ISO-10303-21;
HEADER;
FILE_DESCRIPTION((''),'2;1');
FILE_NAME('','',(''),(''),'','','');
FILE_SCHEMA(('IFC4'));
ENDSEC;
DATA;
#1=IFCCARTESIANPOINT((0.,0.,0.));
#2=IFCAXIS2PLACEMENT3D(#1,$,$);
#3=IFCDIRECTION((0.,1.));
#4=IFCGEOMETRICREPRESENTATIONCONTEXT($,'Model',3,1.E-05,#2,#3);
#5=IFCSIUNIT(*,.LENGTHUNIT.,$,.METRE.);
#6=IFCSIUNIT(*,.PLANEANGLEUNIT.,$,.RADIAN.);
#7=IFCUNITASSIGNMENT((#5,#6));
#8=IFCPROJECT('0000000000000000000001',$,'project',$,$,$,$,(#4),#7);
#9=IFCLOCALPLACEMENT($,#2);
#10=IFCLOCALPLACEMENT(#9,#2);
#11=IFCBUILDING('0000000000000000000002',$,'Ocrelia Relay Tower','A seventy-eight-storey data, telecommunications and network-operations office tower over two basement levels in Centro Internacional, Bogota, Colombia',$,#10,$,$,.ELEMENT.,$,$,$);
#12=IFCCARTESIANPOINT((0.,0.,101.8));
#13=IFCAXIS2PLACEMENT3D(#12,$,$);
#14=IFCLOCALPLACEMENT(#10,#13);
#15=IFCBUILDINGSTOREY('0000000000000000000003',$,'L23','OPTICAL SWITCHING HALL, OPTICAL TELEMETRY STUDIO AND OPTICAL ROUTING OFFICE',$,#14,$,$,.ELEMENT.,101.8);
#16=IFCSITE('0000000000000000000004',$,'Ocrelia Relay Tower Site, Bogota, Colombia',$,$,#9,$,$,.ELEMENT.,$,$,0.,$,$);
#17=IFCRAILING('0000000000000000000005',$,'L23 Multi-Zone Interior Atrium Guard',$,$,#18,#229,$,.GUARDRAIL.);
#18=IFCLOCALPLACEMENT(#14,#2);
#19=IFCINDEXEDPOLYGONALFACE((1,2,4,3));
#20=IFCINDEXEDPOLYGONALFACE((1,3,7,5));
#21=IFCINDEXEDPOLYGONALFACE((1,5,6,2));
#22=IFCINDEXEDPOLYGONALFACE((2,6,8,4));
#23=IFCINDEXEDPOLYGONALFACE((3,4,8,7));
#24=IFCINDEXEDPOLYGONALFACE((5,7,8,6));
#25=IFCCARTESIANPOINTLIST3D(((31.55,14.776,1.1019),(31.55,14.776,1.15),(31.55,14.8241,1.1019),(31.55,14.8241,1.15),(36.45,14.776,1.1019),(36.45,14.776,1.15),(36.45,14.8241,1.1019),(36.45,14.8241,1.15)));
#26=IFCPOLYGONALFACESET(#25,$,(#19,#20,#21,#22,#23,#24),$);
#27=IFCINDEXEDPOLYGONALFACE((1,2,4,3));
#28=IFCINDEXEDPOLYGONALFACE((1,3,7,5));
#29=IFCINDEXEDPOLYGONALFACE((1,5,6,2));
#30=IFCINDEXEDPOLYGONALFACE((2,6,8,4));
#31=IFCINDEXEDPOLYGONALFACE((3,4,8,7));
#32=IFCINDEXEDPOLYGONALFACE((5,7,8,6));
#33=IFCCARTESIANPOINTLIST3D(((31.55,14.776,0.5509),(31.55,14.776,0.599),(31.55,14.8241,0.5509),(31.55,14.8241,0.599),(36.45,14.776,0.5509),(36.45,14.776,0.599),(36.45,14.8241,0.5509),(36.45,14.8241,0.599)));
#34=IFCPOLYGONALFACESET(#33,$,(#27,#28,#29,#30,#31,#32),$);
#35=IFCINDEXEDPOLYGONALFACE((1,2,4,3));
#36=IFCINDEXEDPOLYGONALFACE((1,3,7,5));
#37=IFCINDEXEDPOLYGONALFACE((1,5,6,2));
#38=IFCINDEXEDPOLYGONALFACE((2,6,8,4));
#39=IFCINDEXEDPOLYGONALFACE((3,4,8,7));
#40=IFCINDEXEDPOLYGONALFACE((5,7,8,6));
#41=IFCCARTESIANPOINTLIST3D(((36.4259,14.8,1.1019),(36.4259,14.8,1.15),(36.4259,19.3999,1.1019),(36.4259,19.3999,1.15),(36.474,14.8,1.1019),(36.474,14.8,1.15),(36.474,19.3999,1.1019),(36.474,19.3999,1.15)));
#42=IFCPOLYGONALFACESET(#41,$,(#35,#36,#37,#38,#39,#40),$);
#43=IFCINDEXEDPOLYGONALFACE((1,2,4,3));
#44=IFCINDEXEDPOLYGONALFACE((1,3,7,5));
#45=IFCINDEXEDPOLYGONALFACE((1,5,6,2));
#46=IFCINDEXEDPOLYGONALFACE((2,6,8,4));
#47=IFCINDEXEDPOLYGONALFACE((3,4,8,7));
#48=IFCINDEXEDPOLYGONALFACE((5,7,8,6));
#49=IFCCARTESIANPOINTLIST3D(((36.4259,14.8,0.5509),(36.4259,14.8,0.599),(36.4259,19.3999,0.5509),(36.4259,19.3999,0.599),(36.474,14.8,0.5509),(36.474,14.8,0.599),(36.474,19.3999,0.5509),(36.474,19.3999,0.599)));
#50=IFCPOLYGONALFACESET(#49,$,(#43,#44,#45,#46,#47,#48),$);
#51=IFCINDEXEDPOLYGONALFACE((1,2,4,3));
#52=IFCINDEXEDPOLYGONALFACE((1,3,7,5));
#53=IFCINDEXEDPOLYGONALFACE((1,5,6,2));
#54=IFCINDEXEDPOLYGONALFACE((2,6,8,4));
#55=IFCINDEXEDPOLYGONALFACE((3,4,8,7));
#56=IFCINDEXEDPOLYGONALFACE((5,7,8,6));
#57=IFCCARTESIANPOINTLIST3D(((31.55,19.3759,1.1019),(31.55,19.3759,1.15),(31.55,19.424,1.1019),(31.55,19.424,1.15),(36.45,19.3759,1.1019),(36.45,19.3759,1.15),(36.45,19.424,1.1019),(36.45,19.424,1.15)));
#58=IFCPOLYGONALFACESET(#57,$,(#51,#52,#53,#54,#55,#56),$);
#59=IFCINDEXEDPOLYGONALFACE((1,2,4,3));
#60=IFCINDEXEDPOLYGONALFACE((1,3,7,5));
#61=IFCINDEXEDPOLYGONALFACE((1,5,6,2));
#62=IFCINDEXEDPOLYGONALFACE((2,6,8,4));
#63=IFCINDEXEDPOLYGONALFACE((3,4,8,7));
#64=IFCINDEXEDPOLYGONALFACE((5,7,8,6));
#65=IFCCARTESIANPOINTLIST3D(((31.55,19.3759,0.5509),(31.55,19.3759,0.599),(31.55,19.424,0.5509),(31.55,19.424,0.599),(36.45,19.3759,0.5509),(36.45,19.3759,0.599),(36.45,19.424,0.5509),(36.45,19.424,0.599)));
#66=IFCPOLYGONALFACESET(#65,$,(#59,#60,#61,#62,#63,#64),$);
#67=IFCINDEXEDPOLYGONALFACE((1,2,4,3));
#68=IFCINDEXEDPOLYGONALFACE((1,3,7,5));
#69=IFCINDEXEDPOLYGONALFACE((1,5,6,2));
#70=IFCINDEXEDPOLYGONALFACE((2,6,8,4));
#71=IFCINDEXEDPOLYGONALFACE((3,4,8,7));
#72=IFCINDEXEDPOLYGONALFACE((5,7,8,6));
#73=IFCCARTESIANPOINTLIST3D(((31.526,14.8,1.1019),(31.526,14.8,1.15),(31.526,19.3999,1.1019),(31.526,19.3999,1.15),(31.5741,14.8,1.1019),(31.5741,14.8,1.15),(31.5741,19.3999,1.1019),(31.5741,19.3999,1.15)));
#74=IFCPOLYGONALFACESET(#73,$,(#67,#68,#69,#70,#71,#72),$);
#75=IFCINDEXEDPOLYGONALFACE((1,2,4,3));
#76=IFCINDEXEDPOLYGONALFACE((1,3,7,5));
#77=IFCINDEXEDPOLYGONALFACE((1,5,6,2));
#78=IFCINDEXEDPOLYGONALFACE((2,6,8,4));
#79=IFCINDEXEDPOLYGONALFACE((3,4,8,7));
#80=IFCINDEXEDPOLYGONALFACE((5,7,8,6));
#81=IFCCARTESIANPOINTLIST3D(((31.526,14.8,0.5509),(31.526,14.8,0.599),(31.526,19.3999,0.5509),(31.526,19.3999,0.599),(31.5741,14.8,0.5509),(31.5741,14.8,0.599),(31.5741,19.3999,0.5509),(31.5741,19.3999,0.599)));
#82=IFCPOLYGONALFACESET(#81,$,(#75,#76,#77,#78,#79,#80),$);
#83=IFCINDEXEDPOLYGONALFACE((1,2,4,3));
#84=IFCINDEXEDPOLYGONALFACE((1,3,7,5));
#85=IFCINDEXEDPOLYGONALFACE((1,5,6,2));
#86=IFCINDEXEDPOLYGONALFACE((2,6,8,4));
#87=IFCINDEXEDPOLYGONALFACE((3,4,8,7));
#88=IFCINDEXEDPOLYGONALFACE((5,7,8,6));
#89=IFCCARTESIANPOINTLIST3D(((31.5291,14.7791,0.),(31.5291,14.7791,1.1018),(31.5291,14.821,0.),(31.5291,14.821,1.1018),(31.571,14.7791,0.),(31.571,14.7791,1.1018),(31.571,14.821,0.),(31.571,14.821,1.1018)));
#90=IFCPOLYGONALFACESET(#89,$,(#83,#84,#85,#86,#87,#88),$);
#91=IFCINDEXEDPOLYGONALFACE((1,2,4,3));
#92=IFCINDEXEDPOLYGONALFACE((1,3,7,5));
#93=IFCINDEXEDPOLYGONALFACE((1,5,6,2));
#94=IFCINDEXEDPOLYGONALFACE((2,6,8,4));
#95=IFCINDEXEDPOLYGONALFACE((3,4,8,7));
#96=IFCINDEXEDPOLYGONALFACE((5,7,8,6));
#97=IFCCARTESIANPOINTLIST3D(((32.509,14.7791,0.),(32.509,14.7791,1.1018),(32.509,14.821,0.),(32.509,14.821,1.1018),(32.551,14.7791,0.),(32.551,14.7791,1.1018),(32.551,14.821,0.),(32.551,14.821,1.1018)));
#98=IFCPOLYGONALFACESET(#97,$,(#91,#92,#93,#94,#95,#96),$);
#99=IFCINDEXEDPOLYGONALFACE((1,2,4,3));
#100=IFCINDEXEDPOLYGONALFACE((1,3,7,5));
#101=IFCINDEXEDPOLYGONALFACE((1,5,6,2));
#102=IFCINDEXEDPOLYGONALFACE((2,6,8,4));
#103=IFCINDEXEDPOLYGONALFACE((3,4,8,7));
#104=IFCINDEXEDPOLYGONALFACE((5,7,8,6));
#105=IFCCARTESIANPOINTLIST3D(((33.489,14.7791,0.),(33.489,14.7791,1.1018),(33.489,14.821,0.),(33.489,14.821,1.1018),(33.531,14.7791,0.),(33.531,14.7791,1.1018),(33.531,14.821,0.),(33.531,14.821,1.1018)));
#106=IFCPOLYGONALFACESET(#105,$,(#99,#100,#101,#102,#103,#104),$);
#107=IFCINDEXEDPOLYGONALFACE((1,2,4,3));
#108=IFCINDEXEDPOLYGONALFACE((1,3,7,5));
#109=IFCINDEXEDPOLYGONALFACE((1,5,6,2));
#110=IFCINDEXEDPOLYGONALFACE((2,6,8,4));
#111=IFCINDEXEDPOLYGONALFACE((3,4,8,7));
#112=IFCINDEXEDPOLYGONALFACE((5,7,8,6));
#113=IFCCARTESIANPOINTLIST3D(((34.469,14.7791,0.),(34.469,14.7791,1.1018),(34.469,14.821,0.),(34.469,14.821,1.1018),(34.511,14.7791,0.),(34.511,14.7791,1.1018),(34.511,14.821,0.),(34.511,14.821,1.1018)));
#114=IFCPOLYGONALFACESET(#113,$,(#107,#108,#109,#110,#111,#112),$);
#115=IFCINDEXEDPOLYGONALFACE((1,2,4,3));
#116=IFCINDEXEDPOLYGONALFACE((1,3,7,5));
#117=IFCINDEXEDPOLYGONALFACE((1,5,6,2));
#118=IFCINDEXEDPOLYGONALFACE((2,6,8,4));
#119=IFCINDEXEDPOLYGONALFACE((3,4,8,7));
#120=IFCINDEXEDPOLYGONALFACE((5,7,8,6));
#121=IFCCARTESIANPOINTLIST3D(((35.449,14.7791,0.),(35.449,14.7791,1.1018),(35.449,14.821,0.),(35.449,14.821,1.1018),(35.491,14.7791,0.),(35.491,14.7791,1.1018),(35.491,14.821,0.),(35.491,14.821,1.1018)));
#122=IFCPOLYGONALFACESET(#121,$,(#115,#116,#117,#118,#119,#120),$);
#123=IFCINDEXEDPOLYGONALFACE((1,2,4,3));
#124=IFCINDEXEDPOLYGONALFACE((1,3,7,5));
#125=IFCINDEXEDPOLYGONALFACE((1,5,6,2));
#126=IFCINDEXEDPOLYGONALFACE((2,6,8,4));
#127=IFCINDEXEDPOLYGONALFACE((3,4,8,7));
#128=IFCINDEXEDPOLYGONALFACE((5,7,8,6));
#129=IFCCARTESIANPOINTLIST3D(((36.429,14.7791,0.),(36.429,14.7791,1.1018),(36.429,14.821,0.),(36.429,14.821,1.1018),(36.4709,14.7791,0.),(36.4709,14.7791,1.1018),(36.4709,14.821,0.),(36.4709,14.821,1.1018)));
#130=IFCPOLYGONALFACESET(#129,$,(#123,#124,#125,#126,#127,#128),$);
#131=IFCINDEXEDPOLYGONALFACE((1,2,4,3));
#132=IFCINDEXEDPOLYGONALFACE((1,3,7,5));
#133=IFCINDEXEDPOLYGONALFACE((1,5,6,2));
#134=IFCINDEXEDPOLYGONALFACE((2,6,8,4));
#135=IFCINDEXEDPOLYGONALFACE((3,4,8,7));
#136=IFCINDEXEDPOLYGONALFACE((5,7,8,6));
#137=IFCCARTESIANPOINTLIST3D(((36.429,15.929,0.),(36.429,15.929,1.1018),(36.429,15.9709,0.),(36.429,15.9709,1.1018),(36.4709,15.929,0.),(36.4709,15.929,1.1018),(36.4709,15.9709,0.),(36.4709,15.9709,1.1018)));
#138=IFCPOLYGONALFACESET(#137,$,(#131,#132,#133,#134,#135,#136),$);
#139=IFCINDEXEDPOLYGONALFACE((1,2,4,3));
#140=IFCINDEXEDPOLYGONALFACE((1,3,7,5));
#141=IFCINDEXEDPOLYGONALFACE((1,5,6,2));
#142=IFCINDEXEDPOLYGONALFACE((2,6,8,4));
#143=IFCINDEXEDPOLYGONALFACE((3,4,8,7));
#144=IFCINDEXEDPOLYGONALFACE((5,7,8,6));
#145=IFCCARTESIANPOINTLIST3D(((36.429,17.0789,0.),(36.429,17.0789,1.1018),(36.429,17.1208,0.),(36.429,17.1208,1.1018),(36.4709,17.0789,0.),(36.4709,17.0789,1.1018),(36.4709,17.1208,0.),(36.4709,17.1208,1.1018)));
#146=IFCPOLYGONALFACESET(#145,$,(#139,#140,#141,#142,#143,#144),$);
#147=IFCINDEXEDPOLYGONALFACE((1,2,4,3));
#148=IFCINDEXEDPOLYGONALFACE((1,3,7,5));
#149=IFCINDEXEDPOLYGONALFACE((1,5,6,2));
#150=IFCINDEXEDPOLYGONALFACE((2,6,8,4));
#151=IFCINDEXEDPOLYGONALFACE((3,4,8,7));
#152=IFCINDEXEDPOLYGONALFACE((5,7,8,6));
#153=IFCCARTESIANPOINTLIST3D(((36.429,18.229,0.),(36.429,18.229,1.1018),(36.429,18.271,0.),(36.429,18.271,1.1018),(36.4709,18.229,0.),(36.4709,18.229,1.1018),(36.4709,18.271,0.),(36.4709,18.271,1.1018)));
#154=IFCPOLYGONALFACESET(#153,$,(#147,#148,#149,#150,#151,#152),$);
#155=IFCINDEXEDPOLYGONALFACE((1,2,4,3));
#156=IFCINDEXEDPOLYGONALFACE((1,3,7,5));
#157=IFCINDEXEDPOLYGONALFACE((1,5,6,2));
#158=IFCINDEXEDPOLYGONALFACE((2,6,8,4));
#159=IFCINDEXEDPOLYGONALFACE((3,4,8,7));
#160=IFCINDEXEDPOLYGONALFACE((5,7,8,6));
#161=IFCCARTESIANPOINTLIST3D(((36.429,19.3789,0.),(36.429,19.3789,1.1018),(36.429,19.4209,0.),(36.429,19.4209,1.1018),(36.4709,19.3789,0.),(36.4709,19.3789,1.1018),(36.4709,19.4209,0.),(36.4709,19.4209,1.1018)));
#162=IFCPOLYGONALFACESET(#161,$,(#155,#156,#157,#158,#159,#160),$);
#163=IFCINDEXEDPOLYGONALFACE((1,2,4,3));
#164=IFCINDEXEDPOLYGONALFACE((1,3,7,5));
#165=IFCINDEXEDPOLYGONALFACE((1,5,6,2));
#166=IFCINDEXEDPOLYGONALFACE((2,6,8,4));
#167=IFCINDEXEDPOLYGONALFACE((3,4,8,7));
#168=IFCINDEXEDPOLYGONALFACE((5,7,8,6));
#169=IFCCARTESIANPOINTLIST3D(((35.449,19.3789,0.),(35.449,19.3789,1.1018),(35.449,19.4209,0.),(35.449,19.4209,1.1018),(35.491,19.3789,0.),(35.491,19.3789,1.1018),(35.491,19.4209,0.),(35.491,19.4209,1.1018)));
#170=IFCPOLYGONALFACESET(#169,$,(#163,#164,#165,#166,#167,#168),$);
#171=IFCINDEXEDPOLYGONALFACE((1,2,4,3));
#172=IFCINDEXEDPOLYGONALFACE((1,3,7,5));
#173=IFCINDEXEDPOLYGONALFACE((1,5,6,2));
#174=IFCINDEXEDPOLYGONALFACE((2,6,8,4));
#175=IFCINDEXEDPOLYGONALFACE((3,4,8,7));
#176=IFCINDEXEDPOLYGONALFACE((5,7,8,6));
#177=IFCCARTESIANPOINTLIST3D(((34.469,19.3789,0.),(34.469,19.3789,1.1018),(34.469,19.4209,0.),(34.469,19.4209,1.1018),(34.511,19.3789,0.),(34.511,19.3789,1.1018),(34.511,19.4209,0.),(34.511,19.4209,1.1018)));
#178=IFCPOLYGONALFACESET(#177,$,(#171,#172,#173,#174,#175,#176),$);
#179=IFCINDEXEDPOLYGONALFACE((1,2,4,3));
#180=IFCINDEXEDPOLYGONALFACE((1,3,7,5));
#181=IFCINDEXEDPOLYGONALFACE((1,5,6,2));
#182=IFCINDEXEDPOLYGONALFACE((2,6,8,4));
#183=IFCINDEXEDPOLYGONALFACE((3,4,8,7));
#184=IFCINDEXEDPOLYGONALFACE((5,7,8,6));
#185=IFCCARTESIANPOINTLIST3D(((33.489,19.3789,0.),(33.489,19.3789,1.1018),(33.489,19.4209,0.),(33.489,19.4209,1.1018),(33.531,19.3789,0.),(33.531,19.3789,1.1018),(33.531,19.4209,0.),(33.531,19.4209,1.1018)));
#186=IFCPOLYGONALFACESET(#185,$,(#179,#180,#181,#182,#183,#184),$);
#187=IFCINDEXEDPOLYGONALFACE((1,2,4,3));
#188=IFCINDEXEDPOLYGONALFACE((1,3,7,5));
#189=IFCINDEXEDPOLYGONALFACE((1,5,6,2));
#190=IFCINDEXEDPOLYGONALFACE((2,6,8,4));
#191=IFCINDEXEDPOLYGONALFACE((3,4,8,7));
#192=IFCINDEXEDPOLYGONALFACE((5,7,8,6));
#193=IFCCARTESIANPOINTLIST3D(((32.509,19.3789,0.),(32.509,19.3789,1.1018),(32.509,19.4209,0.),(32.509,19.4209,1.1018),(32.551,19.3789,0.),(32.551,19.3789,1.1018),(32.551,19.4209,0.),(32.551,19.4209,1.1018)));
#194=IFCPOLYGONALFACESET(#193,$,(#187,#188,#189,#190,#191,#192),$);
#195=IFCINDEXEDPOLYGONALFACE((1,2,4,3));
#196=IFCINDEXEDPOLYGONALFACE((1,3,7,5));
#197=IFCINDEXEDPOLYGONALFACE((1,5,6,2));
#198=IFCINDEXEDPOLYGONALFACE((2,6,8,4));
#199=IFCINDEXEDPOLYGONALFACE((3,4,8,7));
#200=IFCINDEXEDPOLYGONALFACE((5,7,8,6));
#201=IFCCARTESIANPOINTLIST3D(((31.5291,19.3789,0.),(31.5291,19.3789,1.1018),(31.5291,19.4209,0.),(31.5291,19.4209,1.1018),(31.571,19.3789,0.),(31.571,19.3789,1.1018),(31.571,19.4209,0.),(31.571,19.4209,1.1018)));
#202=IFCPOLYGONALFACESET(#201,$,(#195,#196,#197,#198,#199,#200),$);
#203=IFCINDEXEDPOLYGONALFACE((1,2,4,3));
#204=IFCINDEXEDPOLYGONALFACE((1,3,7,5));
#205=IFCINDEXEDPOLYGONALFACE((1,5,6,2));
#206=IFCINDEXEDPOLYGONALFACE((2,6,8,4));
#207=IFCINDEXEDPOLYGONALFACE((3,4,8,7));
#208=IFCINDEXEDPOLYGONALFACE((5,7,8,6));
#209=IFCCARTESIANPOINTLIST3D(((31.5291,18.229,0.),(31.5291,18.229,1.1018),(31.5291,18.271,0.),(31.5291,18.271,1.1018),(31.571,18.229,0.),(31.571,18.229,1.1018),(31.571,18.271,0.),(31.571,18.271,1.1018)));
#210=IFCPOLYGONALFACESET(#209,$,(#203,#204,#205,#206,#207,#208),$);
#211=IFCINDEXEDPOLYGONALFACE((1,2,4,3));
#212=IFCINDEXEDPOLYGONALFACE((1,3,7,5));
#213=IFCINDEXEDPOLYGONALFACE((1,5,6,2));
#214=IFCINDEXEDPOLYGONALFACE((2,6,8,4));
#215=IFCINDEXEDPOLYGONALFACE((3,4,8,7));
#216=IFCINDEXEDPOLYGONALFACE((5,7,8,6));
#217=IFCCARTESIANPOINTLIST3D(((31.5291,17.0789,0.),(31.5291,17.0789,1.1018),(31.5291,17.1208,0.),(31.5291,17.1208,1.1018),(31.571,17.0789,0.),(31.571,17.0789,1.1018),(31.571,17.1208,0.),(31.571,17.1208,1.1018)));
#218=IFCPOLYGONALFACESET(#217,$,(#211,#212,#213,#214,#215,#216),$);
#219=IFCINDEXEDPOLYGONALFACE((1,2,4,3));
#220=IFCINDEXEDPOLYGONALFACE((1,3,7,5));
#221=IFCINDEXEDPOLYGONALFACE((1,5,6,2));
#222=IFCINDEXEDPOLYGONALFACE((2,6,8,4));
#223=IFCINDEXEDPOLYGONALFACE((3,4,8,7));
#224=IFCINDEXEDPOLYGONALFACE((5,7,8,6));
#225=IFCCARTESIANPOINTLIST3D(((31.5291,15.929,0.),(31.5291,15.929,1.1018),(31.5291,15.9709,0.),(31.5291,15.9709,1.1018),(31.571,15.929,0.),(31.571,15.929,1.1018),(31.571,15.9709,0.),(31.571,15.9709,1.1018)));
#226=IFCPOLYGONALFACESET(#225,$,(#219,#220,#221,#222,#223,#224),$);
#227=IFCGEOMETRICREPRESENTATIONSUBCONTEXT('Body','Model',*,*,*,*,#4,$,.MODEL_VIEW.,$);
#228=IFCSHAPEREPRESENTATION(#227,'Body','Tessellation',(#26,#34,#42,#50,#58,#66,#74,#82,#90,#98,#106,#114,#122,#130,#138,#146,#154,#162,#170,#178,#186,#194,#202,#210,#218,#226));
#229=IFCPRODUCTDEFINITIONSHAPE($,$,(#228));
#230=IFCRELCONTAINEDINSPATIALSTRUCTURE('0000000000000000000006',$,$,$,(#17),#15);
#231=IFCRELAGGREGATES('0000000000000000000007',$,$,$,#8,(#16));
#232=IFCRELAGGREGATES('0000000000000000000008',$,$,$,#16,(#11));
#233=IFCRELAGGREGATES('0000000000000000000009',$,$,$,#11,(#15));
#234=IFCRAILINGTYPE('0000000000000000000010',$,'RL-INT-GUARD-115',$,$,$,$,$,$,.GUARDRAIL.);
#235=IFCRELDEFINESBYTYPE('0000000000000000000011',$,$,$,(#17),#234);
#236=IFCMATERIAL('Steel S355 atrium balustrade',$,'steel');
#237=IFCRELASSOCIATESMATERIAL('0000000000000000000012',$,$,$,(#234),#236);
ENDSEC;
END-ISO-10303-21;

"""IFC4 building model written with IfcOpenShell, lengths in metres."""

from ifc_helpers import new_model, si_unit, direction, frame, origin, origin_2d, place, context, subcontext, project, spatial, rectangle, extrude, material, type_object, element, save


model = new_model("IFC4")

# Units and contexts
model_context = context("Model", 3, precision=1e-05, world=origin(), true_north=direction((0.0, 1.0)))
body_context = subcontext(model_context, "Body", "Model", "MODEL_VIEW")
ifc_project = project(units=[si_unit("LENGTHUNIT", "METRE"), si_unit("PLANEANGLEUNIT", "RADIAN")], contexts=[model_context])

# Site, building, storey
site_placement = place(None, origin())
site = spatial("IfcSite", under=ifc_project, at=site_placement, Name="Ocrelia Relay Tower Site, Bogota, Colombia", CompositionType="ELEMENT", RefElevation=0.0)
building_placement = place(site_placement, origin())
building = spatial("IfcBuilding", under=site, at=building_placement, Name="Ocrelia Relay Tower", Description="A seventy-eight-storey data, telecommunications and network-operations office tower over two basement levels in Centro Internacional, Bogota, Colombia", CompositionType="ELEMENT")
storey_placement = place(building_placement, frame((0.0, 0.0, 101.8)))
storey = spatial("IfcBuildingStorey", under=building, at=storey_placement, Name="L23", Description="OPTICAL SWITCHING HALL, OPTICAL TELEMETRY STUDIO AND OPTICAL ROUTING OFFICE", CompositionType="ELEMENT", Elevation=101.8)

# Railing
ifc_material_1 = material(Name="Steel S355 atrium balustrade", Category="steel")
railing_type = type_object("IfcRailingType", Name="RL-INT-GUARD-115", PredefinedType="GUARDRAIL", material=ifc_material_1)
railing_placement = place(storey_placement, frame((31.55, 14.8, 0.0)))
element("IfcRailing", 1, at=railing_placement, inside=storey, type_object=railing_type, Name="L23 Multi-Zone Interior Atrium Guard", PredefinedType="GUARDRAIL", context=body_context, shape_type="SweptSolid", body=[
    extrude(rectangle(XDim=0.0481, YDim=0.0481, at=origin_2d()), frame((0.0, 0.0, 1.126), z_axis=(1.0, 0.0, 0.0), x_axis=(0.0, 1.0, 0.0)), (0.0, 0.0, 1.0), 4.8999),
    extrude(rectangle(XDim=0.0481, YDim=0.0481, at=origin_2d()), frame((0.0, 0.0, 0.575), z_axis=(1.0, 0.0, 0.0), x_axis=(0.0, 1.0, 0.0)), (0.0, 0.0, 1.0), 4.8999),
    extrude(rectangle(XDim=0.0481, YDim=0.0481, at=origin_2d()), frame((4.8999, 0.0, 1.126), z_axis=(0.0, 1.0, 0.0), x_axis=(-1.0, 0.0, 0.0)), (0.0, 0.0, 1.0), 4.5999),
    extrude(rectangle(XDim=0.0481, YDim=0.0481, at=origin_2d()), frame((4.8999, 0.0, 0.575), z_axis=(0.0, 1.0, 0.0), x_axis=(-1.0, 0.0, 0.0)), (0.0, 0.0, 1.0), 4.5999),
    extrude(rectangle(XDim=0.0481, YDim=0.0481, at=origin_2d()), frame((4.8999, 4.5999, 1.126), z_axis=(-1.0, 0.0, 0.0), x_axis=(0.0, -1.0, 0.0)), (0.0, 0.0, 1.0), 4.8999),
    extrude(rectangle(XDim=0.0481, YDim=0.0481, at=origin_2d()), frame((4.8999, 4.5999, 0.575), z_axis=(-1.0, 0.0, 0.0), x_axis=(0.0, -1.0, 0.0)), (0.0, 0.0, 1.0), 4.8999),
    extrude(rectangle(XDim=0.0481, YDim=0.0481, at=origin_2d()), frame((0.0, 4.5999, 1.126), z_axis=(0.0, -1.0, 0.0), x_axis=(1.0, 0.0, 0.0)), (0.0, 0.0, 1.0), 4.5999),
    extrude(rectangle(XDim=0.0481, YDim=0.0481, at=origin_2d()), frame((0.0, 4.5999, 0.575), z_axis=(0.0, -1.0, 0.0), x_axis=(1.0, 0.0, 0.0)), (0.0, 0.0, 1.0), 4.5999),
    extrude(rectangle(XDim=0.042, YDim=0.042, at=origin_2d()), origin(), (0.0, 0.0, 1.0), 1.1018),
    extrude(rectangle(XDim=0.042, YDim=0.042, at=origin_2d()), frame((0.98, 0.0, 0.0)), (0.0, 0.0, 1.0), 1.1018),
    extrude(rectangle(XDim=0.042, YDim=0.042, at=origin_2d()), frame((1.96, 0.0, 0.0)), (0.0, 0.0, 1.0), 1.1018),
    extrude(rectangle(XDim=0.042, YDim=0.042, at=origin_2d()), frame((2.9399, 0.0, 0.0)), (0.0, 0.0, 1.0), 1.1018),
    extrude(rectangle(XDim=0.042, YDim=0.042, at=origin_2d()), frame((3.9199, 0.0, 0.0)), (0.0, 0.0, 1.0), 1.1018),
    extrude(rectangle(XDim=0.042, YDim=0.042, at=origin_2d()), frame((4.8999, 0.0, 0.0)), (0.0, 0.0, 1.0), 1.1018),
    extrude(rectangle(XDim=0.042, YDim=0.042, at=origin_2d()), frame((4.8999, 1.1499, 0.0)), (0.0, 0.0, 1.0), 1.1018),
    extrude(rectangle(XDim=0.042, YDim=0.042, at=origin_2d()), frame((4.8999, 2.2998, 0.0)), (0.0, 0.0, 1.0), 1.1018),
    extrude(rectangle(XDim=0.042, YDim=0.042, at=origin_2d()), frame((4.8999, 3.45, 0.0)), (0.0, 0.0, 1.0), 1.1018),
    extrude(rectangle(XDim=0.042, YDim=0.042, at=origin_2d()), frame((4.8999, 4.5999, 0.0)), (0.0, 0.0, 1.0), 1.1018),
    extrude(rectangle(XDim=0.042, YDim=0.042, at=origin_2d()), frame((3.9199, 4.5999, 0.0)), (0.0, 0.0, 1.0), 1.1018),
    extrude(rectangle(XDim=0.042, YDim=0.042, at=origin_2d()), frame((2.9399, 4.5999, 0.0)), (0.0, 0.0, 1.0), 1.1018),
    extrude(rectangle(XDim=0.042, YDim=0.042, at=origin_2d()), frame((1.96, 4.5999, 0.0)), (0.0, 0.0, 1.0), 1.1018),
    extrude(rectangle(XDim=0.042, YDim=0.042, at=origin_2d()), frame((0.98, 4.5999, 0.0)), (0.0, 0.0, 1.0), 1.1018),
    extrude(rectangle(XDim=0.042, YDim=0.042, at=origin_2d()), frame((0.0, 4.5999, 0.0)), (0.0, 0.0, 1.0), 1.1018),
    extrude(rectangle(XDim=0.042, YDim=0.042, at=origin_2d()), frame((0.0, 3.45, 0.0)), (0.0, 0.0, 1.0), 1.1018),
    extrude(rectangle(XDim=0.042, YDim=0.042, at=origin_2d()), frame((0.0, 2.2998, 0.0)), (0.0, 0.0, 1.0), 1.1018),
    extrude(rectangle(XDim=0.042, YDim=0.042, at=origin_2d()), frame((0.0, 1.1499, 0.0)), (0.0, 0.0, 1.0), 1.1018),
])

save(model, "model.ifc")
